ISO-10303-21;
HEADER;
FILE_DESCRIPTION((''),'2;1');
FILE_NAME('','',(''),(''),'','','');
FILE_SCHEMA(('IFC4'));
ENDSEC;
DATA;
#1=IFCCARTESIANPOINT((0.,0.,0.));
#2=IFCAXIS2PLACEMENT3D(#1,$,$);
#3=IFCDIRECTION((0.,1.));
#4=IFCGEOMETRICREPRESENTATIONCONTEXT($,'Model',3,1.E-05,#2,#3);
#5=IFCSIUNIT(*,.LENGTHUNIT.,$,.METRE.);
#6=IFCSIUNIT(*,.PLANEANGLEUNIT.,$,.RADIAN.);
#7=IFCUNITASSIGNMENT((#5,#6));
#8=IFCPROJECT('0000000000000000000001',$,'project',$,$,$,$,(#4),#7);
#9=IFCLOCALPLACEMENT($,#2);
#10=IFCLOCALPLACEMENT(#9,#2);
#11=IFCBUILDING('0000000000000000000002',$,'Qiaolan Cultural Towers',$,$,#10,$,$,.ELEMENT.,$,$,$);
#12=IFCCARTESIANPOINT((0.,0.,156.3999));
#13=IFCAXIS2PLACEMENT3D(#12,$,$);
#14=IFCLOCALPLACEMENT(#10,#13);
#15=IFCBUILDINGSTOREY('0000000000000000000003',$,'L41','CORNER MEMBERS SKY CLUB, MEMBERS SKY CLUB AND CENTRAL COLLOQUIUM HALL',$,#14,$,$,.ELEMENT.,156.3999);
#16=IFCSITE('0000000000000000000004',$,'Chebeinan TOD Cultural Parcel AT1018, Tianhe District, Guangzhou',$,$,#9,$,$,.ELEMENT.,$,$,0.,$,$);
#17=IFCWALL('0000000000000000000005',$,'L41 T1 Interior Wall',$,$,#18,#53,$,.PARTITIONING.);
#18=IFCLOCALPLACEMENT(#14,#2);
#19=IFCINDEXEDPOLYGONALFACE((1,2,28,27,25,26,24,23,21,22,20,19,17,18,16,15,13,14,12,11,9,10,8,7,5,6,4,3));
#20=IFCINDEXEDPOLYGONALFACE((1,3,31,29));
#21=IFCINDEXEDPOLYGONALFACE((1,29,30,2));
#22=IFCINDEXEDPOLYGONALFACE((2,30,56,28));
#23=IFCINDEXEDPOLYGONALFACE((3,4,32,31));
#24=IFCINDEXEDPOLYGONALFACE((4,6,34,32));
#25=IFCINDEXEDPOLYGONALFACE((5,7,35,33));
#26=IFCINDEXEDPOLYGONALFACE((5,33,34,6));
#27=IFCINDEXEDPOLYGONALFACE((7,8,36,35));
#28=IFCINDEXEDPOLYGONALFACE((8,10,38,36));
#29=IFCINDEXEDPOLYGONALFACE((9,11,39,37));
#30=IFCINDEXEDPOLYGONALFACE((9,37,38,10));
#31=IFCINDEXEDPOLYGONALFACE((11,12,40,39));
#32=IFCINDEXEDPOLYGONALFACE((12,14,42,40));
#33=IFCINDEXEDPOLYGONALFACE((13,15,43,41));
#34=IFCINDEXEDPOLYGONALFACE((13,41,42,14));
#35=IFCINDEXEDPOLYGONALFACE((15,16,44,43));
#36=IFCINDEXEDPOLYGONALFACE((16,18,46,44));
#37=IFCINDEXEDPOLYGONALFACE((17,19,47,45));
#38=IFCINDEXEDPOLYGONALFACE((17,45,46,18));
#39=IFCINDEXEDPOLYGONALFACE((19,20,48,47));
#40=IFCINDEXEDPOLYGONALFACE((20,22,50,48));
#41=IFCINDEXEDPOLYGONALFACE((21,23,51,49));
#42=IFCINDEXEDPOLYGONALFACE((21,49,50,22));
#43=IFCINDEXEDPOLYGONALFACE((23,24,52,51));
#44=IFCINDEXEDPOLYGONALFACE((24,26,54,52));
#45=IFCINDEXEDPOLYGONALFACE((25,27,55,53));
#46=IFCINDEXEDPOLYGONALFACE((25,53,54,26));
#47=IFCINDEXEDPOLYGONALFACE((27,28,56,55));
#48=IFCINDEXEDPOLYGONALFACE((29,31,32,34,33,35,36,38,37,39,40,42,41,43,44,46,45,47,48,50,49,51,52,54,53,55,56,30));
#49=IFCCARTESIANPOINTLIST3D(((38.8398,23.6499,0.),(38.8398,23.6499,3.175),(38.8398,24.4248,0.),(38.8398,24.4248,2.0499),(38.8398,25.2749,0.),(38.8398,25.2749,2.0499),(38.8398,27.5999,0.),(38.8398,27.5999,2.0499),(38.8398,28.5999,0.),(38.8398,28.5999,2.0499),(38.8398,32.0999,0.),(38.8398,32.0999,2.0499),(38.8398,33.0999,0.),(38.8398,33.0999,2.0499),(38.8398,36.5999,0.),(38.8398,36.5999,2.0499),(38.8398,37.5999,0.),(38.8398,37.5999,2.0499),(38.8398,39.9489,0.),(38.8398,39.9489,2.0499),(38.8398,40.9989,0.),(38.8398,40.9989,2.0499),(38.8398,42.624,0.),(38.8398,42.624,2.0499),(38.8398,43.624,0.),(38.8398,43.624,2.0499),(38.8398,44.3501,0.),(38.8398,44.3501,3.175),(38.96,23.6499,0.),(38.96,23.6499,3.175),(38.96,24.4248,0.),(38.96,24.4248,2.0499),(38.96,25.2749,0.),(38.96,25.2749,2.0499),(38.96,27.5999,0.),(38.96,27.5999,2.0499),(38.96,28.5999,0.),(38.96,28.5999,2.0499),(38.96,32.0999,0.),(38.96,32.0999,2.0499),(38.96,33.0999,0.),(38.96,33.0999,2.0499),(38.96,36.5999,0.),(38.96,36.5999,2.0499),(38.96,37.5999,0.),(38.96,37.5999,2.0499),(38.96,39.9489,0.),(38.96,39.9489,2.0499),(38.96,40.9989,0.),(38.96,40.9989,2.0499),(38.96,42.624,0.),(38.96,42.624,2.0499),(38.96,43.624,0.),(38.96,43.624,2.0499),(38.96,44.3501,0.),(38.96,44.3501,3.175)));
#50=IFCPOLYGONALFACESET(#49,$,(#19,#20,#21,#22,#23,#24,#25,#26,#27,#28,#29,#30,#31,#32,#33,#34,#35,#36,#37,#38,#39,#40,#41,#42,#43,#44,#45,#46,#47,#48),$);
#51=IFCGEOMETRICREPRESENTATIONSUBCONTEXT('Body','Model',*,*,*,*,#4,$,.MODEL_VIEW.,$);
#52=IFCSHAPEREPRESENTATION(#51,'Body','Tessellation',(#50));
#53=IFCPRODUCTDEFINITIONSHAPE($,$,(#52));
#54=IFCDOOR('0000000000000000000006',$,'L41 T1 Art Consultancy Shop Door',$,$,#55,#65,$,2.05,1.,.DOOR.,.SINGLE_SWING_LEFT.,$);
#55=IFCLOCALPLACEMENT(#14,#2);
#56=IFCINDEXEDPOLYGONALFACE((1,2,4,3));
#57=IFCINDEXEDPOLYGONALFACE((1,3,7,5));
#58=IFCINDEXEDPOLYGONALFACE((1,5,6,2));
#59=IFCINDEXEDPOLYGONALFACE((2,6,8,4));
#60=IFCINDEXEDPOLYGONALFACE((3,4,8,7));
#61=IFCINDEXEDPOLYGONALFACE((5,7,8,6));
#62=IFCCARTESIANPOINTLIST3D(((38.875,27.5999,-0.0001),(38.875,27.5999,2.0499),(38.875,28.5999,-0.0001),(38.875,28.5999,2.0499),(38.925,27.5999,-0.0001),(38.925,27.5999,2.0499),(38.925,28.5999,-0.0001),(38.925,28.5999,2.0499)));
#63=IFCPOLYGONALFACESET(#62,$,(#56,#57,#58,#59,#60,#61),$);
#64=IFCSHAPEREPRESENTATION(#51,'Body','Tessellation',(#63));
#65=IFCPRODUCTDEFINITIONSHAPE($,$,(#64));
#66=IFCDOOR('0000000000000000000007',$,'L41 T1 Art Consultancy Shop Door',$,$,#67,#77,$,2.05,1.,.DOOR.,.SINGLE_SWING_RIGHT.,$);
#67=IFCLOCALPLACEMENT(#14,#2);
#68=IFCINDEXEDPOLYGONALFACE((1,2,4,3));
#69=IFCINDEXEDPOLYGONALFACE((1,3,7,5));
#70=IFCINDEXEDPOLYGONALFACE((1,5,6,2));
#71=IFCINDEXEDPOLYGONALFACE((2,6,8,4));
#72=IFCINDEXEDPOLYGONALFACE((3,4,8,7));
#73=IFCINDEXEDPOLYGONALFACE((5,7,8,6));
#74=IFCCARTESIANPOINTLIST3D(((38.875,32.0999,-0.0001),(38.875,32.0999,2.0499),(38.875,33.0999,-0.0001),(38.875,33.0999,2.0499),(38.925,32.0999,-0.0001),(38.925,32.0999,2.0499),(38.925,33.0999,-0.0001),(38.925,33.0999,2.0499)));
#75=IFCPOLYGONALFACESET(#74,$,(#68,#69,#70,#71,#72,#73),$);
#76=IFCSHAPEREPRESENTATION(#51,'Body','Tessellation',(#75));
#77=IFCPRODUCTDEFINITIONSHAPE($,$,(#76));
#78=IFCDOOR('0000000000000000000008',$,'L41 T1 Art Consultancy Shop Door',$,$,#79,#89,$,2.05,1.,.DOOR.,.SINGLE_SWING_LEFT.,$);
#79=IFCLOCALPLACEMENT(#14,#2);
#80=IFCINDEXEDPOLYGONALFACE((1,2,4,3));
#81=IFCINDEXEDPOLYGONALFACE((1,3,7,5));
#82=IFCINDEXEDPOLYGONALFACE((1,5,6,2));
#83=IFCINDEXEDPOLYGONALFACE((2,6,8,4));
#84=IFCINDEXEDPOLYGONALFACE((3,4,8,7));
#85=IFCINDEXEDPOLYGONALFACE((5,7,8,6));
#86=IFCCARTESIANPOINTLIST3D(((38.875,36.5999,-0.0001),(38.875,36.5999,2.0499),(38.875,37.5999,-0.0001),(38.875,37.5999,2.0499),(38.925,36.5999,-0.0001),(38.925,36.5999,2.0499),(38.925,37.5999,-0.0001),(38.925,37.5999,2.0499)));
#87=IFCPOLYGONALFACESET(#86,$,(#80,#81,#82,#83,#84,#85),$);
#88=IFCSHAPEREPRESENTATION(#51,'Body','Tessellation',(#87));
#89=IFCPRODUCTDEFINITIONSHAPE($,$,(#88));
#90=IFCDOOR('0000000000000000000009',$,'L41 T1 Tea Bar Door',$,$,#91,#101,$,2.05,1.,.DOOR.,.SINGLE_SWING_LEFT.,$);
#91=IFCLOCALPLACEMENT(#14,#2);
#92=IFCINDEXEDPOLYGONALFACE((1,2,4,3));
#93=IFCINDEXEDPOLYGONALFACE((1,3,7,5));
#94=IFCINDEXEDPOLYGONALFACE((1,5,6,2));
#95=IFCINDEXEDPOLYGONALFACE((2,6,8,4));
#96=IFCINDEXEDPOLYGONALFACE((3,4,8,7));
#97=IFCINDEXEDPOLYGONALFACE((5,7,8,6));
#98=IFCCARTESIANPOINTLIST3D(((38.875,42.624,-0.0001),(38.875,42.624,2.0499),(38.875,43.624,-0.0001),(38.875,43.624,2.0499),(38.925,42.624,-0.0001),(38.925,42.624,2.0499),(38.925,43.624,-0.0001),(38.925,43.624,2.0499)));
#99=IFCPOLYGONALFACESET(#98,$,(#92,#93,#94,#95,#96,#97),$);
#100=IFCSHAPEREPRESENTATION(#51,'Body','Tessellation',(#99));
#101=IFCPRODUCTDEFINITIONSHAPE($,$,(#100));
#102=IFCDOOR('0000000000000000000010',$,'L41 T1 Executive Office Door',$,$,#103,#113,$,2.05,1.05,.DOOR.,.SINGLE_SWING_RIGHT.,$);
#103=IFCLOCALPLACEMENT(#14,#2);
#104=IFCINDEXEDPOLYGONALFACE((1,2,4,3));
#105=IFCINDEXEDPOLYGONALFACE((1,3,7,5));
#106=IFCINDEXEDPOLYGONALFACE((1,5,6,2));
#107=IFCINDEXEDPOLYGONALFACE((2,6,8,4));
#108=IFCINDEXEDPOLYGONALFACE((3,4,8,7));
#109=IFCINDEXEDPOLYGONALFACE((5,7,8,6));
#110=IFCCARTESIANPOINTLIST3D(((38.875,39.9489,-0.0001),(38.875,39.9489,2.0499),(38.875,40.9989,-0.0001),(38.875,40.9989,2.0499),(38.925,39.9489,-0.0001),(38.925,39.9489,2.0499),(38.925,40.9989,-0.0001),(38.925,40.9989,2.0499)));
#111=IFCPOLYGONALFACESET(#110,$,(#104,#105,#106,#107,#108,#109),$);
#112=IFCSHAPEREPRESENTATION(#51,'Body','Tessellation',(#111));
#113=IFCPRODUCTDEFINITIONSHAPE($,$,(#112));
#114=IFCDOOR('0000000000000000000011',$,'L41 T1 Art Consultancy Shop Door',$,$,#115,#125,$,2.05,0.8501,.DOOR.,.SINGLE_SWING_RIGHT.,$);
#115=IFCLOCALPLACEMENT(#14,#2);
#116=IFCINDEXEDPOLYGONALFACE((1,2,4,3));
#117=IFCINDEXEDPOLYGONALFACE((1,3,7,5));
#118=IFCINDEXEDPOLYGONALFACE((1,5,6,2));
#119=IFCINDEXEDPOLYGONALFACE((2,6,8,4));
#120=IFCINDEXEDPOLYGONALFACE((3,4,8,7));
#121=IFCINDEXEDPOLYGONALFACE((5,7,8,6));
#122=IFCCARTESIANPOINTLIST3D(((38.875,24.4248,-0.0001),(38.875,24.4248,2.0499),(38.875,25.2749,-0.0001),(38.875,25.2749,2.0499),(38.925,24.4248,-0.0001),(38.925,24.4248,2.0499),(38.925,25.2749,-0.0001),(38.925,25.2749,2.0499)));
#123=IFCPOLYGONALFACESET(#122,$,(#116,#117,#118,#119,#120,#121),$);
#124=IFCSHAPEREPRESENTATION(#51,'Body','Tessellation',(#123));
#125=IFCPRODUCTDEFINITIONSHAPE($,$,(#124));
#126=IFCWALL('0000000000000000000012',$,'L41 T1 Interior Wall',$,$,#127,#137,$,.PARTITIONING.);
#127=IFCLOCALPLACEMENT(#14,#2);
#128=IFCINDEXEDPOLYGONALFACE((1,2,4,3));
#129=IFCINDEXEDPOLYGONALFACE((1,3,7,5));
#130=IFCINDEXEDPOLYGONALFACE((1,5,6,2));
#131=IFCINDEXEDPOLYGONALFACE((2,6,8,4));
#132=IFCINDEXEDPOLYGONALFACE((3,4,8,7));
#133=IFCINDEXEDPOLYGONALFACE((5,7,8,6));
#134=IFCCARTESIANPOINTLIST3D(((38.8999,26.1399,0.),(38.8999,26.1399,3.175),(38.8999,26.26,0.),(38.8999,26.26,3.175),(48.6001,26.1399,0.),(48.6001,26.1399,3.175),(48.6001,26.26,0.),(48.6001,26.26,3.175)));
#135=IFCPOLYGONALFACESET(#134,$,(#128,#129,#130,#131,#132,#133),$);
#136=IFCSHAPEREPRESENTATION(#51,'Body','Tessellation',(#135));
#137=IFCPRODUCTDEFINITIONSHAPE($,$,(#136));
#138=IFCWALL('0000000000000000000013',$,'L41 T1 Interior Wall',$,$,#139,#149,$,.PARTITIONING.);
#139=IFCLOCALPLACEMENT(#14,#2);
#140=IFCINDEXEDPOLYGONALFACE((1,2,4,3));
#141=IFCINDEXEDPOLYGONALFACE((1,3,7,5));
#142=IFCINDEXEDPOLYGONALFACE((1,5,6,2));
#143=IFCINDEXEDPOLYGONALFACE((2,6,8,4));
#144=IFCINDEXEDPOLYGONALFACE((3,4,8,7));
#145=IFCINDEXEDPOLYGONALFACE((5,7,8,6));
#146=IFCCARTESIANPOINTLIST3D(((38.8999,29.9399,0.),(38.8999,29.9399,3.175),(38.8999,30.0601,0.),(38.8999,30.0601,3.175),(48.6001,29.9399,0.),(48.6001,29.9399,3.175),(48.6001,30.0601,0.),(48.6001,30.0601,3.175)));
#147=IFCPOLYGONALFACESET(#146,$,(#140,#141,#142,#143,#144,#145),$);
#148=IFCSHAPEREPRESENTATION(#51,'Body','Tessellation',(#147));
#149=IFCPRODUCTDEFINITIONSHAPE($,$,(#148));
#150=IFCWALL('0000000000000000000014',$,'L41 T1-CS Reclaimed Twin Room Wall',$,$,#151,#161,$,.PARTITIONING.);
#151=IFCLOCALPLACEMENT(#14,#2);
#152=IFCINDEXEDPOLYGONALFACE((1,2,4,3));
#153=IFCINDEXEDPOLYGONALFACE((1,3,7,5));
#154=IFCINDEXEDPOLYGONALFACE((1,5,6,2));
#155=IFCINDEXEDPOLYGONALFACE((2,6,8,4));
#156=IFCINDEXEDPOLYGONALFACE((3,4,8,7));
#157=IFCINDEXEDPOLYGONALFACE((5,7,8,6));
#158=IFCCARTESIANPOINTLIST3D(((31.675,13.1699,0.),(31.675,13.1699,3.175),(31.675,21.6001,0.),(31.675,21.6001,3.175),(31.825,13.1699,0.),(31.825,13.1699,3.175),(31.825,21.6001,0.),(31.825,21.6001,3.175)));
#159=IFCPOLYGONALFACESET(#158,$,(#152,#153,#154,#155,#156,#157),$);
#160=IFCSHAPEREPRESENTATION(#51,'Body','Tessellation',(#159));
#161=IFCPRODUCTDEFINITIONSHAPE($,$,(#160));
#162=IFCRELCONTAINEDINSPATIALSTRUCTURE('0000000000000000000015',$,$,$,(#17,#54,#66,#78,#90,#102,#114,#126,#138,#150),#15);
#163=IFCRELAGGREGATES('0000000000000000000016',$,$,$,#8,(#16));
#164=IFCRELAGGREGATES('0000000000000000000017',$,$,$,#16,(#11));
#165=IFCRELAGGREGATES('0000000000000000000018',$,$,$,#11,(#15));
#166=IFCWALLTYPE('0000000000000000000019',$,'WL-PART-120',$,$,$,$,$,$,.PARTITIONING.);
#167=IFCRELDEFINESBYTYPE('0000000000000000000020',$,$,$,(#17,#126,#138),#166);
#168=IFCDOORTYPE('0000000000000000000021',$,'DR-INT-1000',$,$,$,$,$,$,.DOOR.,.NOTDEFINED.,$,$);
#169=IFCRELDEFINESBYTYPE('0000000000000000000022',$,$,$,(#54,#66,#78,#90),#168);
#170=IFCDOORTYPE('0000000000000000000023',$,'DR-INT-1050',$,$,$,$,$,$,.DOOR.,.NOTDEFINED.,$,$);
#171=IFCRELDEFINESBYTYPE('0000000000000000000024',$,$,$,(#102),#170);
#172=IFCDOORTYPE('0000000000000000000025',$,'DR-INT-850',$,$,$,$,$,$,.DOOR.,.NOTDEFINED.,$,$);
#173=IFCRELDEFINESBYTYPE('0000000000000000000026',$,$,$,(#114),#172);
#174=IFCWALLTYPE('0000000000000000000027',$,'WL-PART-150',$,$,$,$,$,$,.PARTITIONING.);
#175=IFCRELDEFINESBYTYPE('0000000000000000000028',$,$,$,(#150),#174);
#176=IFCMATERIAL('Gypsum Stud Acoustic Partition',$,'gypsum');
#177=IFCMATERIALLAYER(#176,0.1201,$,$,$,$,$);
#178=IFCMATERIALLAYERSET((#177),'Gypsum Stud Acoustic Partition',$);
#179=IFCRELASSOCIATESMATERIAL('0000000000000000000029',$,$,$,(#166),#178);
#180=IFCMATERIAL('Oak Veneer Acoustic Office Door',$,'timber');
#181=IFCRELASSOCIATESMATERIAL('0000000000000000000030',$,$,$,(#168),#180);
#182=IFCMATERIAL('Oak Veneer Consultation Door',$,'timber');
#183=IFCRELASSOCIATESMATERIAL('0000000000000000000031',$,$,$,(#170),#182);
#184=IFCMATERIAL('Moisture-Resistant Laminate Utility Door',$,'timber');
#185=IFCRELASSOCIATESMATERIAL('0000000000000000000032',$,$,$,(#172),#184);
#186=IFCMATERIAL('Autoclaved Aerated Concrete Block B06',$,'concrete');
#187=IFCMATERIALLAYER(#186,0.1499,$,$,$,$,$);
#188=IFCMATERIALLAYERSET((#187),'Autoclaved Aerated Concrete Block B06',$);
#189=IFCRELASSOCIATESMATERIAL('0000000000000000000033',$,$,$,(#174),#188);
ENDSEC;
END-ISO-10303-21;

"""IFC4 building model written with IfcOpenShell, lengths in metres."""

from ifc_helpers import new_model, si_unit, direction, frame, frame_2d, origin, place, context, subcontext, project, spatial, rectangle, extrude, material, layer, layer_set, type_object, element, fill, save


model = new_model("IFC4")

# Units and contexts
model_context = context("Model", 3, precision=1e-05, world=origin(), true_north=direction((0.0, 1.0)))
body_context = subcontext(model_context, "Body", "Model", "MODEL_VIEW")
ifc_project = project(units=[si_unit("LENGTHUNIT", "METRE"), si_unit("PLANEANGLEUNIT", "RADIAN")], contexts=[model_context])

# Site, building, storey
site_placement = place(None, origin())
site = spatial("IfcSite", under=ifc_project, at=site_placement, Name="Chebeinan TOD Cultural Parcel AT1018, Tianhe District, Guangzhou", CompositionType="ELEMENT", RefElevation=0.0)
building_placement = place(site_placement, origin())
building = spatial("IfcBuilding", under=site, at=building_placement, Name="Qiaolan Cultural Towers", CompositionType="ELEMENT")
storey_placement = place(building_placement, frame((0.0, 0.0, 156.3999)))
storey = spatial("IfcBuildingStorey", under=building, at=storey_placement, Name="L41", Description="CORNER MEMBERS SKY CLUB, MEMBERS SKY CLUB AND CENTRAL COLLOQUIUM HALL", CompositionType="ELEMENT", Elevation=156.3999)

# Shared definitions
ifc_material_1 = material(Name="Gypsum Stud Acoustic Partition", Category="gypsum")
ifc_layer_1 = layer(ifc_material_1, 0.1201)
ifc_layer_set_1 = layer_set([ifc_layer_1], Name="Gypsum Stud Acoustic Partition")
wall_type_1 = type_object("IfcWallType", Name="WL-PART-120", PredefinedType="PARTITIONING", material=ifc_layer_set_1)

# Wall, openings, doors
wall_1_placement = place(storey_placement, frame((38.8999, 23.6499, 0.0), z_axis=(0.0, 0.0, 1.0), x_axis=(0.0, 1.0, 0.0)))
wall_1 = element("IfcWall", 1, at=wall_1_placement, inside=storey, type_object=wall_type_1, Name="L41 T1 Interior Wall", PredefinedType="PARTITIONING", context=body_context, shape_type="SweptSolid", body=[
    extrude(rectangle(XDim=20.7002, YDim=0.1201, at=frame_2d((10.3501, 0.0))), origin(), (0.0, 0.0, 1.0), 3.175),
])
opening_1_placement = place(wall_1_placement, frame((0.7749, 0.0, 0.0)))
opening_1 = element("IfcOpeningElement", 2, at=opening_1_placement, cuts=wall_1, PredefinedType="OPENING", context=body_context, shape_type="SweptSolid", body=[
    extrude(rectangle(XDim=0.8501, YDim=2.05, at=frame_2d((0.425, 1.0249))), frame((0.0, 0.0701, 0.0), z_axis=(0.0, -1.0, 0.0), x_axis=(1.0, 0.0, 0.0)), (0.0, 0.0, 1.0), 0.1401),
])
opening_2_placement = place(wall_1_placement, frame((3.95, 0.0, 0.0)))
opening_2 = element("IfcOpeningElement", 3, at=opening_2_placement, cuts=wall_1, PredefinedType="OPENING", context=body_context, shape_type="SweptSolid", body=[
    extrude(rectangle(XDim=1.0, YDim=2.05, at=frame_2d((0.5, 1.0249))), frame((0.0, 0.0701, 0.0), z_axis=(0.0, -1.0, 0.0), x_axis=(1.0, 0.0, 0.0)), (0.0, 0.0, 1.0), 0.1401),
])
opening_3_placement = place(wall_1_placement, frame((8.45, 0.0, 0.0)))
opening_3 = element("IfcOpeningElement", 4, at=opening_3_placement, cuts=wall_1, PredefinedType="OPENING", context=body_context, shape_type="SweptSolid", body=[
    extrude(rectangle(XDim=1.0, YDim=2.05, at=frame_2d((0.5, 1.0249))), frame((0.0, 0.0701, 0.0), z_axis=(0.0, -1.0, 0.0), x_axis=(1.0, 0.0, 0.0)), (0.0, 0.0, 1.0), 0.1401),
])
opening_4_placement = place(wall_1_placement, frame((12.95, 0.0, 0.0)))
opening_4 = element("IfcOpeningElement", 5, at=opening_4_placement, cuts=wall_1, PredefinedType="OPENING", context=body_context, shape_type="SweptSolid", body=[
    extrude(rectangle(XDim=1.0, YDim=2.05, at=frame_2d((0.5, 1.0249))), frame((0.0, 0.0701, 0.0), z_axis=(0.0, -1.0, 0.0), x_axis=(1.0, 0.0, 0.0)), (0.0, 0.0, 1.0), 0.1401),
])
opening_5_placement = place(wall_1_placement, frame((16.2991, 0.0, 0.0)))
opening_5 = element("IfcOpeningElement", 6, at=opening_5_placement, cuts=wall_1, PredefinedType="OPENING", context=body_context, shape_type="SweptSolid", body=[
    extrude(rectangle(XDim=1.05, YDim=2.05, at=frame_2d((0.5249, 1.0249))), frame((0.0, 0.0701, 0.0), z_axis=(0.0, -1.0, 0.0), x_axis=(1.0, 0.0, 0.0)), (0.0, 0.0, 1.0), 0.1401),
])
opening_6_placement = place(wall_1_placement, frame((18.9741, 0.0, 0.0)))
opening_6 = element("IfcOpeningElement", 7, at=opening_6_placement, cuts=wall_1, PredefinedType="OPENING", context=body_context, shape_type="SweptSolid", body=[
    extrude(rectangle(XDim=1.0, YDim=2.05, at=frame_2d((0.5, 1.0249))), frame((0.0, 0.0701, 0.0), z_axis=(0.0, -1.0, 0.0), x_axis=(1.0, 0.0, 0.0)), (0.0, 0.0, 1.0), 0.1401),
])
ifc_material_2 = material(Name="Oak Veneer Acoustic Office Door", Category="timber")
door_type_1 = type_object("IfcDoorType", Name="DR-INT-1000", OperationType="NOTDEFINED", PredefinedType="DOOR", material=ifc_material_2)
door_1_placement = place(opening_2_placement, origin())
door_1 = element("IfcDoor", 8, at=door_1_placement, inside=storey, type_object=door_type_1, Name="L41 T1 Art Consultancy Shop Door", OperationType="SINGLE_SWING_LEFT", OverallHeight=2.05, OverallWidth=1.0, PredefinedType="DOOR", context=body_context, shape_type="SweptSolid", body=[
    extrude(rectangle(XDim=1.0, YDim=2.05, at=frame_2d((0.5, 1.0249))), frame((0.0, 0.0249, 0.0), z_axis=(0.0, -1.0, 0.0), x_axis=(1.0, 0.0, 0.0)), (0.0, 0.0, 1.0), 0.05),
])
fill(opening_2, door_1)
door_2_placement = place(opening_3_placement, origin())
door_2 = element("IfcDoor", 9, at=door_2_placement, inside=storey, type_object=door_type_1, Name="L41 T1 Art Consultancy Shop Door", OperationType="SINGLE_SWING_RIGHT", OverallHeight=2.05, OverallWidth=1.0, PredefinedType="DOOR", context=body_context, shape_type="SweptSolid", body=[
    extrude(rectangle(XDim=1.0, YDim=2.05, at=frame_2d((0.5, 1.0249))), frame((0.0, 0.0249, 0.0), z_axis=(0.0, -1.0, 0.0), x_axis=(1.0, 0.0, 0.0)), (0.0, 0.0, 1.0), 0.05),
])
fill(opening_3, door_2)
door_3_placement = place(opening_4_placement, origin())
door_3 = element("IfcDoor", 10, at=door_3_placement, inside=storey, type_object=door_type_1, Name="L41 T1 Art Consultancy Shop Door", OperationType="SINGLE_SWING_LEFT", OverallHeight=2.05, OverallWidth=1.0, PredefinedType="DOOR", context=body_context, shape_type="SweptSolid", body=[
    extrude(rectangle(XDim=1.0, YDim=2.05, at=frame_2d((0.5, 1.0249))), frame((0.0, 0.0249, 0.0), z_axis=(0.0, -1.0, 0.0), x_axis=(1.0, 0.0, 0.0)), (0.0, 0.0, 1.0), 0.05),
])
fill(opening_4, door_3)
door_4_placement = place(opening_6_placement, origin())
door_4 = element("IfcDoor", 11, at=door_4_placement, inside=storey, type_object=door_type_1, Name="L41 T1 Tea Bar Door", OperationType="SINGLE_SWING_LEFT", OverallHeight=2.05, OverallWidth=1.0, PredefinedType="DOOR", context=body_context, shape_type="SweptSolid", body=[
    extrude(rectangle(XDim=1.0, YDim=2.05, at=frame_2d((0.5, 1.0249))), frame((0.0, 0.0249, 0.0), z_axis=(0.0, -1.0, 0.0), x_axis=(1.0, 0.0, 0.0)), (0.0, 0.0, 1.0), 0.05),
])
fill(opening_6, door_4)
ifc_material_3 = material(Name="Oak Veneer Consultation Door", Category="timber")
door_type_2 = type_object("IfcDoorType", Name="DR-INT-1050", OperationType="NOTDEFINED", PredefinedType="DOOR", material=ifc_material_3)
door_5_placement = place(opening_5_placement, origin())
door_5 = element("IfcDoor", 12, at=door_5_placement, inside=storey, type_object=door_type_2, Name="L41 T1 Executive Office Door", OperationType="SINGLE_SWING_RIGHT", OverallHeight=2.05, OverallWidth=1.05, PredefinedType="DOOR", context=body_context, shape_type="SweptSolid", body=[
    extrude(rectangle(XDim=1.05, YDim=2.05, at=frame_2d((0.5249, 1.0249))), frame((0.0, 0.0249, 0.0), z_axis=(0.0, -1.0, 0.0), x_axis=(1.0, 0.0, 0.0)), (0.0, 0.0, 1.0), 0.05),
])
fill(opening_5, door_5)
ifc_material_4 = material(Name="Moisture-Resistant Laminate Utility Door", Category="timber")
door_type_3 = type_object("IfcDoorType", Name="DR-INT-850", OperationType="NOTDEFINED", PredefinedType="DOOR", material=ifc_material_4)
door_6_placement = place(opening_1_placement, origin())
door_6 = element("IfcDoor", 13, at=door_6_placement, inside=storey, type_object=door_type_3, Name="L41 T1 Art Consultancy Shop Door", OperationType="SINGLE_SWING_RIGHT", OverallHeight=2.05, OverallWidth=0.8501, PredefinedType="DOOR", context=body_context, shape_type="SweptSolid", body=[
    extrude(rectangle(XDim=0.8501, YDim=2.05, at=frame_2d((0.425, 1.0249))), frame((0.0, 0.0249, 0.0), z_axis=(0.0, -1.0, 0.0), x_axis=(1.0, 0.0, 0.0)), (0.0, 0.0, 1.0), 0.05),
])
fill(opening_1, door_6)

# Walls
for number, where, z_axis, x_axis, name in (
    (14, (38.8999, 26.2, 0.0), (0.0, 0.0, 1.0), (1.0, 0.0, 0.0), "L41 T1 Interior Wall"),
    (15, (38.8999, 30.0, 0.0), (0.0, 0.0, 1.0), (1.0, 0.0, 0.0), "L41 T1 Interior Wall"),
):
    element("IfcWall", number, at=place(storey_placement, frame(where, z_axis=z_axis, x_axis=x_axis)), inside=storey, type_object=wall_type_1, Name=name, PredefinedType="PARTITIONING", context=body_context, shape_type="SweptSolid", body=[
        extrude(rectangle(XDim=9.7002, YDim=0.1201, at=frame_2d((4.8501, 0.0))), origin(), (0.0, 0.0, 1.0), 3.175),
    ])
ifc_material_5 = material(Name="Autoclaved Aerated Concrete Block B06", Category="concrete")
ifc_layer_2 = layer(ifc_material_5, 0.1499)
ifc_layer_set_2 = layer_set([ifc_layer_2], Name="Autoclaved Aerated Concrete Block B06")
wall_type_2 = type_object("IfcWallType", Name="WL-PART-150", PredefinedType="PARTITIONING", material=ifc_layer_set_2)
wall_2_placement = place(storey_placement, frame((31.75, 21.6001, 0.0), z_axis=(0.0, 0.0, 1.0), x_axis=(0.0, -1.0, 0.0)))
element("IfcWall", 16, at=wall_2_placement, inside=storey, type_object=wall_type_2, Name="L41 T1-CS Reclaimed Twin Room Wall", PredefinedType="PARTITIONING", context=body_context, shape_type="SweptSolid", body=[
    extrude(rectangle(XDim=8.4302, YDim=0.1499, at=frame_2d((4.2151, 0.0))), origin(), (0.0, 0.0, 1.0), 3.175),
])

save(model, "model.ifc")
